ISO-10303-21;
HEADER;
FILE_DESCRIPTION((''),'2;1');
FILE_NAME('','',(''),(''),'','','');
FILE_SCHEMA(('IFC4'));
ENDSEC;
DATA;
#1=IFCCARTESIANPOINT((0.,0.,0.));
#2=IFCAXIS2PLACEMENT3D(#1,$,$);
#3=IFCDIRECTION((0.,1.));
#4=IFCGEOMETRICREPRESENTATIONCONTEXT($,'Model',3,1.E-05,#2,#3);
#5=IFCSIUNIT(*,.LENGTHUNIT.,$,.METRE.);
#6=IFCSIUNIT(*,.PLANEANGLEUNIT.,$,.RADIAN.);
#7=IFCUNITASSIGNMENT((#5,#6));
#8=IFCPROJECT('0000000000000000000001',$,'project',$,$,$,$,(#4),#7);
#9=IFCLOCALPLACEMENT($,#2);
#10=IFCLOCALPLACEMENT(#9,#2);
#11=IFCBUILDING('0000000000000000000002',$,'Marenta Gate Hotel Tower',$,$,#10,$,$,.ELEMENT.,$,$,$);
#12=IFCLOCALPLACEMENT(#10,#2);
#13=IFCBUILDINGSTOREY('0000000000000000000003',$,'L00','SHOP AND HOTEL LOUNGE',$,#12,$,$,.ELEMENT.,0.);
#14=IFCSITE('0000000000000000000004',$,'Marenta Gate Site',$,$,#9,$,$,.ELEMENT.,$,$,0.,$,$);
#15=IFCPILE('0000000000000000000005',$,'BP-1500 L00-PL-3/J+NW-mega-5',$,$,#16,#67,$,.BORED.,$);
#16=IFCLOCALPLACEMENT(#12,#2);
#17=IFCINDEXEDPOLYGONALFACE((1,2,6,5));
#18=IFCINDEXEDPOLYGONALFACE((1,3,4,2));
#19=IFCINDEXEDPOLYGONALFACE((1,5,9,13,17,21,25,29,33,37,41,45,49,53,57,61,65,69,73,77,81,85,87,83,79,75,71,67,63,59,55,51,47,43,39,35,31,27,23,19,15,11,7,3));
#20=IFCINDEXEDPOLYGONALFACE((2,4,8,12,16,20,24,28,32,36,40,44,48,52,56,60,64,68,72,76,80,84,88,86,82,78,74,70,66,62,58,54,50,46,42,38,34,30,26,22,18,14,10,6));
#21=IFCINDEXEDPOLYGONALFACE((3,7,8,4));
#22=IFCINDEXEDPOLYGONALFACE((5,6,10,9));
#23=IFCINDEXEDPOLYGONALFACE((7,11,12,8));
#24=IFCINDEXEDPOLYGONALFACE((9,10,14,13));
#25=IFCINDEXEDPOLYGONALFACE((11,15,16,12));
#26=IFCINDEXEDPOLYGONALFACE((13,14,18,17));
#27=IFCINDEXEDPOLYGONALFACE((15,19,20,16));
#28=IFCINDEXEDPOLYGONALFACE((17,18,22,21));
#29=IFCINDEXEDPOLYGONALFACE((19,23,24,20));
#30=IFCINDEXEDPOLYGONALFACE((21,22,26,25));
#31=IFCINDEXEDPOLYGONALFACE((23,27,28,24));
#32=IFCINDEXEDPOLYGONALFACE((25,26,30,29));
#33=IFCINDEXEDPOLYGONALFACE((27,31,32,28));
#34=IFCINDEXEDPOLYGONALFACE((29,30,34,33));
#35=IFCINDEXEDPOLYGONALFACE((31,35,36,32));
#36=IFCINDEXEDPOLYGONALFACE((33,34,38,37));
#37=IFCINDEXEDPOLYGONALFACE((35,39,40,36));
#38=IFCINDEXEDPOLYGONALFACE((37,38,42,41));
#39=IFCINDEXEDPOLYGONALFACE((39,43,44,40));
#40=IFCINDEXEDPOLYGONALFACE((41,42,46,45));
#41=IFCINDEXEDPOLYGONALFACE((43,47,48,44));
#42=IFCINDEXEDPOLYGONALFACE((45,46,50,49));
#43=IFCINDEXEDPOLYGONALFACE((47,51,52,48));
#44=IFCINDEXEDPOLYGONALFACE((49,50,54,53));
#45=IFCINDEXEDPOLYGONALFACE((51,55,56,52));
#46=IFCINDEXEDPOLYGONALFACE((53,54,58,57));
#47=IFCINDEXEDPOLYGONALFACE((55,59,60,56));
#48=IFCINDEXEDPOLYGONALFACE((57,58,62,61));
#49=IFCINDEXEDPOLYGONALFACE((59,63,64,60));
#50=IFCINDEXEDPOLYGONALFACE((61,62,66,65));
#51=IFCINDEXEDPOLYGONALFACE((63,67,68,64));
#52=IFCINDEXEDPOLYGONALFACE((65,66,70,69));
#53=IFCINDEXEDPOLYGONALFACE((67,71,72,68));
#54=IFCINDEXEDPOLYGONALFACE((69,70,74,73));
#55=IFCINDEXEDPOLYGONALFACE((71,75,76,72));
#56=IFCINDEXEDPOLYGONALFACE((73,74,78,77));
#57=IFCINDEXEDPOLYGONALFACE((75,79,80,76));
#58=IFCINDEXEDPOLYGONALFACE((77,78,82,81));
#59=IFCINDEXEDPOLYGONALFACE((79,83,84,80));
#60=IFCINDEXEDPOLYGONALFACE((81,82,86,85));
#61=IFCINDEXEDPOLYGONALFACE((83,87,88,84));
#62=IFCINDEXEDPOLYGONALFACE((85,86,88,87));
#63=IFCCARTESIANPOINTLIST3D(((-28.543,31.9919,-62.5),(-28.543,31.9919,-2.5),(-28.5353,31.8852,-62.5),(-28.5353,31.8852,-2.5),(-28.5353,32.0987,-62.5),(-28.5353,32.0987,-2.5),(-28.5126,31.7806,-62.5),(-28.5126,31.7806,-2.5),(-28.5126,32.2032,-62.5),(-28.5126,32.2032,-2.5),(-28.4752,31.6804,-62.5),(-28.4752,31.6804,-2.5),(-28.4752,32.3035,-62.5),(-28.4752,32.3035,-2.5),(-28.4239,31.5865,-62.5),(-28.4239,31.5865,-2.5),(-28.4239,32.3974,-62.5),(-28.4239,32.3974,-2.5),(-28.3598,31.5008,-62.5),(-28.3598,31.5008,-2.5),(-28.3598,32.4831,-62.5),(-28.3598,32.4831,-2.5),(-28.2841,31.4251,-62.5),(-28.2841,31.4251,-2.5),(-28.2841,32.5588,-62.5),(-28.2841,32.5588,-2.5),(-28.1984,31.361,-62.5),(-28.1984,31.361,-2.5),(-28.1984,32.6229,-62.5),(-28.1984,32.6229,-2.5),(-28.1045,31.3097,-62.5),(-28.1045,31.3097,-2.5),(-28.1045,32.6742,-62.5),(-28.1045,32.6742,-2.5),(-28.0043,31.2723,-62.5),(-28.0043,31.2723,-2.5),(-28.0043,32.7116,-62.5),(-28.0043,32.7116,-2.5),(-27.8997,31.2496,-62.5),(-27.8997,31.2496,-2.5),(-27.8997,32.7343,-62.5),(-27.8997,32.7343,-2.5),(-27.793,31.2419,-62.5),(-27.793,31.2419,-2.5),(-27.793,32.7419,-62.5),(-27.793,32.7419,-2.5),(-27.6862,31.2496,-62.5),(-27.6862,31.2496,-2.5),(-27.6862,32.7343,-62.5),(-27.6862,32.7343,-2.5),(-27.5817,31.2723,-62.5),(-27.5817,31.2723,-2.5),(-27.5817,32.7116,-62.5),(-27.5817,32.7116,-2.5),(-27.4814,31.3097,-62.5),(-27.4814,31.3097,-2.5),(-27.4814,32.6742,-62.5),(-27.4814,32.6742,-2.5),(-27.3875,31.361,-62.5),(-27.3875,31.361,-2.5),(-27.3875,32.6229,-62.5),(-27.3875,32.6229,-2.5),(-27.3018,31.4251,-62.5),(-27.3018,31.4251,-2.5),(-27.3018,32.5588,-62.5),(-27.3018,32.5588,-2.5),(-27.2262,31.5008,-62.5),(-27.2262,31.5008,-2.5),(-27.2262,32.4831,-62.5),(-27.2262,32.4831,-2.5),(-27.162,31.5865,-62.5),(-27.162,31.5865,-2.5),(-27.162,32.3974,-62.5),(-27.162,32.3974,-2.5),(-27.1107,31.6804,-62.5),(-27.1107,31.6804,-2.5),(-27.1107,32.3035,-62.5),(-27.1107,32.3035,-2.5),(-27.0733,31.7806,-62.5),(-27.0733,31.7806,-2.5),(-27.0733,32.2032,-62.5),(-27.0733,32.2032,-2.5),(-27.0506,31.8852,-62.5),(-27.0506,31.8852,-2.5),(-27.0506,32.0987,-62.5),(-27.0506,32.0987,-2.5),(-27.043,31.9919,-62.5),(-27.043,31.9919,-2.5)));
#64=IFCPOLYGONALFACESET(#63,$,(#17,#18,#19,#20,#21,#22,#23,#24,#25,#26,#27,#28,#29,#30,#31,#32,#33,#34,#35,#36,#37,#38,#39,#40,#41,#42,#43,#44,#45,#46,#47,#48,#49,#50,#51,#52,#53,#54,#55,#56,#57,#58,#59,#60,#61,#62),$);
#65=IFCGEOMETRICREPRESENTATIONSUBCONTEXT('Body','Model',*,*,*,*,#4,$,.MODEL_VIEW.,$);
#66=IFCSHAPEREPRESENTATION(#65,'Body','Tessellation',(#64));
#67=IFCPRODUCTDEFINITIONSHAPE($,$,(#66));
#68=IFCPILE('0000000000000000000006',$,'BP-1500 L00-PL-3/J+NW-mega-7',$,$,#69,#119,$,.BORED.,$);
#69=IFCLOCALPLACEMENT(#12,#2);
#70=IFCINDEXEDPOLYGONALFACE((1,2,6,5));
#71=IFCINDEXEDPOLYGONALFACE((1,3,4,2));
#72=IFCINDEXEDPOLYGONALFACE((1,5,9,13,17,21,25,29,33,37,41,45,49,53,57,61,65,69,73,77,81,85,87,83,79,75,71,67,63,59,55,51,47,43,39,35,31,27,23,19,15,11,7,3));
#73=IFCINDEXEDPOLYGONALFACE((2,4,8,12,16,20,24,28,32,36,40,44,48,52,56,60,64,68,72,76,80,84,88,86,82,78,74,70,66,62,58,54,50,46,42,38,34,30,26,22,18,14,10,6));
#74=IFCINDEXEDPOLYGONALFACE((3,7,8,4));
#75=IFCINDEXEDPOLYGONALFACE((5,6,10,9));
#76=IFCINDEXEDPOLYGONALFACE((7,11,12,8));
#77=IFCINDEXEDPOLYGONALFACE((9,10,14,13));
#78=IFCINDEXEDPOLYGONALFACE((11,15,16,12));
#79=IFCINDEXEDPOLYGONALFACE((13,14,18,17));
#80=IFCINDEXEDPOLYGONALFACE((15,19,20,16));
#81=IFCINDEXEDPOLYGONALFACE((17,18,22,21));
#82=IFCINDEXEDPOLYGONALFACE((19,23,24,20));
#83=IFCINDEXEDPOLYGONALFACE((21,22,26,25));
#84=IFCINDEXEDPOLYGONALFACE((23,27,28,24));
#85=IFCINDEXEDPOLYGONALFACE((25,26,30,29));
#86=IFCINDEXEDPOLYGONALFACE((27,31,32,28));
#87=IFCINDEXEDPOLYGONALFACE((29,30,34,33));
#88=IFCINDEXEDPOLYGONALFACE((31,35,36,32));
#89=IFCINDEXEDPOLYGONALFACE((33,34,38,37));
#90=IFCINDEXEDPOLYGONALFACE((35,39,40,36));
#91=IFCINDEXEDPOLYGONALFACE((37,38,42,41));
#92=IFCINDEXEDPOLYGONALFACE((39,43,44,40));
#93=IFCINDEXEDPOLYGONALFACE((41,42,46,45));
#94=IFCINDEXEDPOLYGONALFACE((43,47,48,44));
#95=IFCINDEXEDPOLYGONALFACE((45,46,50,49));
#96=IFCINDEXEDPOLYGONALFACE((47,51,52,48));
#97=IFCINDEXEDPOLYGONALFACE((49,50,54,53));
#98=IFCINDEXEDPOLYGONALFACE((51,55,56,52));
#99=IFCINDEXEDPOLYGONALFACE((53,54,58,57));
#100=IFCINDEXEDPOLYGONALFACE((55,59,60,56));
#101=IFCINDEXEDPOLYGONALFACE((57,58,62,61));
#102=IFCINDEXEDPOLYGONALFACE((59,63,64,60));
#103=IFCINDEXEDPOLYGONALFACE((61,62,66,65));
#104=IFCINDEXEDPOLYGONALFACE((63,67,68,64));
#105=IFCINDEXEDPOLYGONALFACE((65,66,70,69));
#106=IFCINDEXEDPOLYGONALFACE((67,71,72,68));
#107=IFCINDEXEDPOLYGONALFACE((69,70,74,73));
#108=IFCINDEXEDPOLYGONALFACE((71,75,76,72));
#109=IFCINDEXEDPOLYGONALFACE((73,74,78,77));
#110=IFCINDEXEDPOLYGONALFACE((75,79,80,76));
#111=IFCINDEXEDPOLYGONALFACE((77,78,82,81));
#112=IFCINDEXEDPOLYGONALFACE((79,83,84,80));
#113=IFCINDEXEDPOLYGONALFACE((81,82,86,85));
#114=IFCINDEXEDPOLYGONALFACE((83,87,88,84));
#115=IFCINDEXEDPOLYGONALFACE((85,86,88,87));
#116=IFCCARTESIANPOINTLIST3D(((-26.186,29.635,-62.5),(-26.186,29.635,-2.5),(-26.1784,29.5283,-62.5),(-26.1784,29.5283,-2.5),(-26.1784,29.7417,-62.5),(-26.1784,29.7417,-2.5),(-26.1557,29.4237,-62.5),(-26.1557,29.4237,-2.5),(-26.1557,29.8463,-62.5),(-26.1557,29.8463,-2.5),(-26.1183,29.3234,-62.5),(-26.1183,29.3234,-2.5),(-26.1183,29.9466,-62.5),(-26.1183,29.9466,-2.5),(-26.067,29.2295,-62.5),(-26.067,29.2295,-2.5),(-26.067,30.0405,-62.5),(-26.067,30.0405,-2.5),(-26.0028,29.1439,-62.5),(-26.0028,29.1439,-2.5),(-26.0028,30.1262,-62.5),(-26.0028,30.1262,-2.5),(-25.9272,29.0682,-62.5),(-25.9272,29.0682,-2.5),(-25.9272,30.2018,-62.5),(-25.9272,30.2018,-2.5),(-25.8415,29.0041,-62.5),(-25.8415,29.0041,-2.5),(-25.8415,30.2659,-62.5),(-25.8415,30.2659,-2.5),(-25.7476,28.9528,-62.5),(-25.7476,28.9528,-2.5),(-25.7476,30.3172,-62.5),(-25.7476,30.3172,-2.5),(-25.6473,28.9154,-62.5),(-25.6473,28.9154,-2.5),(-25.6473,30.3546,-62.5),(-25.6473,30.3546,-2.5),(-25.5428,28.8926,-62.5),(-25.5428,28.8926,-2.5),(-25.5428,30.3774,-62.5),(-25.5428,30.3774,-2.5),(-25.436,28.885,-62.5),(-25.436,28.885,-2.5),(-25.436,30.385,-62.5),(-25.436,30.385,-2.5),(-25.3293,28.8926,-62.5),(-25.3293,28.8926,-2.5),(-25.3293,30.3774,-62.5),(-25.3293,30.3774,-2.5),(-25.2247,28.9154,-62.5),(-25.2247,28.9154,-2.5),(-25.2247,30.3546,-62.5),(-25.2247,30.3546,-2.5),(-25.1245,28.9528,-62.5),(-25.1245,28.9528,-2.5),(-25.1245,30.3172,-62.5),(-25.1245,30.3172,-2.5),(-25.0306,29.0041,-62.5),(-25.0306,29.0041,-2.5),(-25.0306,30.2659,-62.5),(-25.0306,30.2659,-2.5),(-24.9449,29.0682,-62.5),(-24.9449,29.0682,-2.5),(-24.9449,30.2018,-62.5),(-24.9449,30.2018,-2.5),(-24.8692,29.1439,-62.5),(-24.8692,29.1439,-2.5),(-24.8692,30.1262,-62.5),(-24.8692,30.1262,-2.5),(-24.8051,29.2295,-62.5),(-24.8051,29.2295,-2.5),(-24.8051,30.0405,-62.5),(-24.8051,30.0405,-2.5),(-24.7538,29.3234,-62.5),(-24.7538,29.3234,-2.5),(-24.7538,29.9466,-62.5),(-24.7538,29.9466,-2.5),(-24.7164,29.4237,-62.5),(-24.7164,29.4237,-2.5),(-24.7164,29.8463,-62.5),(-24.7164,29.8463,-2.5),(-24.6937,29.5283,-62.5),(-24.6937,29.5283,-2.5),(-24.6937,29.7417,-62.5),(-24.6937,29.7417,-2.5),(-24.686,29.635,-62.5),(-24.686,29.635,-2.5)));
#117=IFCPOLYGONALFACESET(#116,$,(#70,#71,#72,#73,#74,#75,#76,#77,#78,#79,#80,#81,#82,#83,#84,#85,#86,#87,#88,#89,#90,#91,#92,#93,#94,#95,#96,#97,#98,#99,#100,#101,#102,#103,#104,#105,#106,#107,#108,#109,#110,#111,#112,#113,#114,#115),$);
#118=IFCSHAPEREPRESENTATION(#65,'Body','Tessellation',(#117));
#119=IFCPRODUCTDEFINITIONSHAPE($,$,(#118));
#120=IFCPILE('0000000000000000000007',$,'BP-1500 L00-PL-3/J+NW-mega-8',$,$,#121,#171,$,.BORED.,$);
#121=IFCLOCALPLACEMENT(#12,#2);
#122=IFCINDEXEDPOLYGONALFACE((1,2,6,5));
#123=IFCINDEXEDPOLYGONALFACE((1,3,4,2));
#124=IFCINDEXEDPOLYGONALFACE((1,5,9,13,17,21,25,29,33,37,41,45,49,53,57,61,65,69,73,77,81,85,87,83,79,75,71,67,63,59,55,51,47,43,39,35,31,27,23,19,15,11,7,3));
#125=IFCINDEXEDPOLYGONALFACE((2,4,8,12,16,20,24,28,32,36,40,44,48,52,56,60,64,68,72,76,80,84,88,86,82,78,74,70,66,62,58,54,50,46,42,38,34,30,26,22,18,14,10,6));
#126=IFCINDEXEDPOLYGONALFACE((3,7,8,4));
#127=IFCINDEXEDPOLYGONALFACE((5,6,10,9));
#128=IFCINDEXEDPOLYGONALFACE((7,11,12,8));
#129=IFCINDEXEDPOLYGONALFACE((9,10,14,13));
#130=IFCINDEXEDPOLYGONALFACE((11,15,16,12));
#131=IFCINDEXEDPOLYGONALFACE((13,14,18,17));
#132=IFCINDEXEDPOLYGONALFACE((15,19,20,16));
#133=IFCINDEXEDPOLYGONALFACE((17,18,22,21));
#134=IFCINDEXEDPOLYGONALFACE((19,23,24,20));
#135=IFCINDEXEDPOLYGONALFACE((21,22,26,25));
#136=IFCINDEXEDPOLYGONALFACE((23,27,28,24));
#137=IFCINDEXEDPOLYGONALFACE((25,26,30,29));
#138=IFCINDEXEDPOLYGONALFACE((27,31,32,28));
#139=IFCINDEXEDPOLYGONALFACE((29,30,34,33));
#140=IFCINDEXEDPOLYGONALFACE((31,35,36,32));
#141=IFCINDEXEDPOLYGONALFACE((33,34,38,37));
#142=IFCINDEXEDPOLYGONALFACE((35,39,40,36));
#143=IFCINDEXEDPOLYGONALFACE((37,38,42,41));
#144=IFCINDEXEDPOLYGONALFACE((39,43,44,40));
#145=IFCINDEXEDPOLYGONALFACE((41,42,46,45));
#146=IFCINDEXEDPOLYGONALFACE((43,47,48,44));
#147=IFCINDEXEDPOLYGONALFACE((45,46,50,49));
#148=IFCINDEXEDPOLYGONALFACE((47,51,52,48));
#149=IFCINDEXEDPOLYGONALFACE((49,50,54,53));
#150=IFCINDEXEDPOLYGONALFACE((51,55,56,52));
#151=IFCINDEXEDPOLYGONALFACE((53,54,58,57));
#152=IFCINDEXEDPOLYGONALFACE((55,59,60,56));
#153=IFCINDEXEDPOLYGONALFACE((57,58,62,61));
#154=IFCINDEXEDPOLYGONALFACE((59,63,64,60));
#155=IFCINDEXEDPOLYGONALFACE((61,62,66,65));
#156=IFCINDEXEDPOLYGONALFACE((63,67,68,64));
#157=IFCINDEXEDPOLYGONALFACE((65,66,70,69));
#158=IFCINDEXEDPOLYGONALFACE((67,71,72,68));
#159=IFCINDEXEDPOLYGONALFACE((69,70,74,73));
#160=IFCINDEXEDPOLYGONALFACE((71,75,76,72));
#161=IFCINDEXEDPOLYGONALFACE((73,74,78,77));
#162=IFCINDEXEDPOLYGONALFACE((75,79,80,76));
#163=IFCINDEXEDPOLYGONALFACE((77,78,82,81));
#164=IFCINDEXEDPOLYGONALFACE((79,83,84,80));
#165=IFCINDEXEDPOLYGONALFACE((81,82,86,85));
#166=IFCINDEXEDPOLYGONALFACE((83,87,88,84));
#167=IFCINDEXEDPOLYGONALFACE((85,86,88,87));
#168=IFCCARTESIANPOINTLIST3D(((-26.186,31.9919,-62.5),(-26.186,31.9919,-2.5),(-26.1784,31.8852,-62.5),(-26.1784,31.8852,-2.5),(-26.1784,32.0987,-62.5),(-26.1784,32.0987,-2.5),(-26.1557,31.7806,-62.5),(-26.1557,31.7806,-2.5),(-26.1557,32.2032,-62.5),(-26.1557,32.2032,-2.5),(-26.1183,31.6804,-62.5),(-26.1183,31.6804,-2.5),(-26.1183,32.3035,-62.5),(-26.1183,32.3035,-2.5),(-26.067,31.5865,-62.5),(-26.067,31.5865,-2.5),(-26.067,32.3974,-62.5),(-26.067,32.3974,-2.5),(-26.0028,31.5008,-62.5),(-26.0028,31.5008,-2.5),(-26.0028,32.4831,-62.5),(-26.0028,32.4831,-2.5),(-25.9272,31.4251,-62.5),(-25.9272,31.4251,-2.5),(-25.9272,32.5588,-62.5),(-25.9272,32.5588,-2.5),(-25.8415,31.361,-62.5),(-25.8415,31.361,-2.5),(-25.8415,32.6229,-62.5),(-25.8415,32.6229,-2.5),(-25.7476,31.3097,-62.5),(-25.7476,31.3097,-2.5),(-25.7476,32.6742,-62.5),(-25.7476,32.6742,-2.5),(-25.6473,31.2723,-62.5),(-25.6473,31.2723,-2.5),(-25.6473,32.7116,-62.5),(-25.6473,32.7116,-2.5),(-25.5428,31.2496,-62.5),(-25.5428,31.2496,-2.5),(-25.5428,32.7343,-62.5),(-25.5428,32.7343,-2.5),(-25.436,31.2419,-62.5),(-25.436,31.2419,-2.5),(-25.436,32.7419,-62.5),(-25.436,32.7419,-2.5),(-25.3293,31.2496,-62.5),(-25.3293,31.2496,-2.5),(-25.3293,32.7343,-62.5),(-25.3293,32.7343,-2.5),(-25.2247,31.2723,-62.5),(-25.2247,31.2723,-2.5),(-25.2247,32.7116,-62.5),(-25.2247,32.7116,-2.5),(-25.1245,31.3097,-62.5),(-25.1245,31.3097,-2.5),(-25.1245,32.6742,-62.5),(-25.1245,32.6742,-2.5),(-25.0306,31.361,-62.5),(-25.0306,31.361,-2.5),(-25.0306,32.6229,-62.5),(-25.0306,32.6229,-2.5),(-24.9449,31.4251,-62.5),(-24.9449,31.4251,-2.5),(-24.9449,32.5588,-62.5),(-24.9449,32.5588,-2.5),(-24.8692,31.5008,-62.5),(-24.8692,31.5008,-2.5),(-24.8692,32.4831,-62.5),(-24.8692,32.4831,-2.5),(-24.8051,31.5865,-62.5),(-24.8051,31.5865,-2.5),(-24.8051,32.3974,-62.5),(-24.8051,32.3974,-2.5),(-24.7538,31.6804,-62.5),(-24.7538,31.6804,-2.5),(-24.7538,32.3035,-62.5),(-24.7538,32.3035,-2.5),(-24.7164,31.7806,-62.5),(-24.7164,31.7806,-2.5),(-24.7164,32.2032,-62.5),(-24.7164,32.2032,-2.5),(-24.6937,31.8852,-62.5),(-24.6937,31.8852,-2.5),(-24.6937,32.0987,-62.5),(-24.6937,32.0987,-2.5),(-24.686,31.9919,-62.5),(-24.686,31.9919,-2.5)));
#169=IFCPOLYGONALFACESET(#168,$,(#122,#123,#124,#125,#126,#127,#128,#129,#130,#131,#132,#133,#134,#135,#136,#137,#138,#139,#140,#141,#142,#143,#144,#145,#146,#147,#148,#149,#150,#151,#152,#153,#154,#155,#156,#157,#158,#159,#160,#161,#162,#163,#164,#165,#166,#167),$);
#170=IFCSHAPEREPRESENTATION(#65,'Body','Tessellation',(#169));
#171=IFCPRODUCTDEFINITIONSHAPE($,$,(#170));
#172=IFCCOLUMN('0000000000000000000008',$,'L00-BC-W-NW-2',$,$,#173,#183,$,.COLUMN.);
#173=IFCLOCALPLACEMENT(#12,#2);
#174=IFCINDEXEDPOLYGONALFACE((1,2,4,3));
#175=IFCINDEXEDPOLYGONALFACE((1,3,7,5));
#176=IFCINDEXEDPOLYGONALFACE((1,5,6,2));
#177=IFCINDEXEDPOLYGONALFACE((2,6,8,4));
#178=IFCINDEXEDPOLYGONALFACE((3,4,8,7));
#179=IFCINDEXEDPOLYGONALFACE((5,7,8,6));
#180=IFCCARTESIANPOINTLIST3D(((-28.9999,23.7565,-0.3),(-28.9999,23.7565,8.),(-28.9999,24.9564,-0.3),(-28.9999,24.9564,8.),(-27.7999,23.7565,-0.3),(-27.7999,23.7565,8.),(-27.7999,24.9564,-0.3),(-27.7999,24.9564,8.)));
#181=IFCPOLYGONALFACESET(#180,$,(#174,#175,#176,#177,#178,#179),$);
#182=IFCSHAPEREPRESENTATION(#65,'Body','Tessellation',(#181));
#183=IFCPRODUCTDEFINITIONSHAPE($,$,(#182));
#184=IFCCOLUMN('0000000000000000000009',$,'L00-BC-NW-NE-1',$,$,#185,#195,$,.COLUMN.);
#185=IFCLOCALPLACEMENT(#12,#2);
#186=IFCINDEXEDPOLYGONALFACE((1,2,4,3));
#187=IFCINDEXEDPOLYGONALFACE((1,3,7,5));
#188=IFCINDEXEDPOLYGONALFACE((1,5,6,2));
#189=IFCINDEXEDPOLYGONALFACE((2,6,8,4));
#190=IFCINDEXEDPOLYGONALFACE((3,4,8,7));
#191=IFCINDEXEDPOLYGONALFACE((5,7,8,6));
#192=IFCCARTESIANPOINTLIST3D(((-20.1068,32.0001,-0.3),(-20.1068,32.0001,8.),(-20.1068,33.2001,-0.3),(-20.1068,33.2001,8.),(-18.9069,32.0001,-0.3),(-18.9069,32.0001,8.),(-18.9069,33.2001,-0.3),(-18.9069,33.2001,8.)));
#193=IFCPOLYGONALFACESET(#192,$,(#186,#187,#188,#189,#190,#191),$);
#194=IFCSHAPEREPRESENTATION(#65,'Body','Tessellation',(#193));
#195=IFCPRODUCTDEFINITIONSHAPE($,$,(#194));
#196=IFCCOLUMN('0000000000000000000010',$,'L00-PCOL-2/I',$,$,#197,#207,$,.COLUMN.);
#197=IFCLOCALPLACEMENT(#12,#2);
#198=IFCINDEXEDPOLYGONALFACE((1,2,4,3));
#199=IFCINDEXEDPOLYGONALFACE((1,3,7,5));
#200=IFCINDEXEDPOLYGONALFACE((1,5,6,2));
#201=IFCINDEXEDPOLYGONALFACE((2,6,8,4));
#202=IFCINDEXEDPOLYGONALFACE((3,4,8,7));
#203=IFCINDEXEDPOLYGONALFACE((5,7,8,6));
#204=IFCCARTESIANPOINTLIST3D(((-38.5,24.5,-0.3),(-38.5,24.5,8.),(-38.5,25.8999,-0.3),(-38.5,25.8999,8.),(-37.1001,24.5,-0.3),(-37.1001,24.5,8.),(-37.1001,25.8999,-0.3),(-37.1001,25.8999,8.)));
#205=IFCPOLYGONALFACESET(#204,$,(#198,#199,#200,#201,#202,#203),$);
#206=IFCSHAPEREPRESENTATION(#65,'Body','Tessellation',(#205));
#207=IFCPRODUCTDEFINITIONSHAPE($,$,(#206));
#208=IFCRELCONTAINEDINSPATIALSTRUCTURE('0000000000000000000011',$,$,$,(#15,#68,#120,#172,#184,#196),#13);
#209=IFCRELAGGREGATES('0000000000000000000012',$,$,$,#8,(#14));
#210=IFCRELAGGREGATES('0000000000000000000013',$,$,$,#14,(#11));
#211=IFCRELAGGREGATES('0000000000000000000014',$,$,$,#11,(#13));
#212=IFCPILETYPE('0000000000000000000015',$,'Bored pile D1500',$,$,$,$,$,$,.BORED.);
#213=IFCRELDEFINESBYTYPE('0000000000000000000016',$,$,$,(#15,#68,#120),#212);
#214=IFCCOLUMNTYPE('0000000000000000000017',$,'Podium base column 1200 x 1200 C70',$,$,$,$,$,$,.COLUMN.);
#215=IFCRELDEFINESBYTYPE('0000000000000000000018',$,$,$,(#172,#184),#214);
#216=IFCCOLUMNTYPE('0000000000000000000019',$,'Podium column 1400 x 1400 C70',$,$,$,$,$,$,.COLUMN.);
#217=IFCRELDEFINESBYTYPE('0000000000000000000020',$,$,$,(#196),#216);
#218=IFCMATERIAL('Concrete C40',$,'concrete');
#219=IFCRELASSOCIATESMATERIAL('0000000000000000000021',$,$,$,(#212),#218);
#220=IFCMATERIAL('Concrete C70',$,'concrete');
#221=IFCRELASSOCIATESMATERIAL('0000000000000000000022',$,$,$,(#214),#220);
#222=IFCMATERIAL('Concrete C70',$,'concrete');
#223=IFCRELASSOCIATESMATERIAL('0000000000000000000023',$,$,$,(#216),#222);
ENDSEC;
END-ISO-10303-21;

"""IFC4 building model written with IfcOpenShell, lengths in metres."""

from ifc_helpers import new_model, si_unit, direction, frame, origin, origin_2d, place, context, subcontext, project, spatial, rectangle, circle, extrude, material, material_profile, profile_set, type_object, element, save


model = new_model("IFC4")

# Units and contexts
model_context = context("Model", 3, precision=1e-05, world=origin(), true_north=direction((0.0, 1.0)))
body_context = subcontext(model_context, "Body", "Model", "MODEL_VIEW")
ifc_project = project(units=[si_unit("LENGTHUNIT", "METRE"), si_unit("PLANEANGLEUNIT", "RADIAN")], contexts=[model_context])

# Site, building, storey
site_placement = place(None, origin())
site = spatial("IfcSite", under=ifc_project, at=site_placement, Name="Marenta Gate Site", CompositionType="ELEMENT", RefElevation=0.0)
building_placement = place(site_placement, origin())
building = spatial("IfcBuilding", under=site, at=building_placement, Name="Marenta Gate Hotel Tower", CompositionType="ELEMENT")
storey_placement = place(building_placement, origin())
storey = spatial("IfcBuildingStorey", under=building, at=storey_placement, Name="L00", Description="SHOP AND HOTEL LOUNGE", CompositionType="ELEMENT", Elevation=0.0)

# Piles
ifc_material_1 = material(Name="Concrete C40", Category="concrete")
pile_type = type_object("IfcPileType", Name="Bored pile D1500", PredefinedType="BORED", material=ifc_material_1)
for number, where, z_axis, x_axis, name in (
    (1, (-27.793, 31.9919, -2.5), (0.0, 0.0, -1.0), (1.0, 0.0, 0.0), "BP-1500 L00-PL-3/J+NW-mega-5"),
    (2, (-25.436, 29.635, -2.5), (0.0, 0.0, -1.0), (1.0, 0.0, 0.0), "BP-1500 L00-PL-3/J+NW-mega-7"),
    (3, (-25.436, 31.9919, -2.5), (0.0, 0.0, -1.0), (1.0, 0.0, 0.0), "BP-1500 L00-PL-3/J+NW-mega-8"),
):
    element("IfcPile", number, at=place(storey_placement, frame(where, z_axis=z_axis, x_axis=x_axis)), inside=storey, type_object=pile_type, Name=name, PredefinedType="BORED", context=body_context, shape_type="SweptSolid", body=[
        extrude(circle(Radius=0.75, at=origin_2d()), origin(), (0.0, 0.0, 1.0), 60.0),
    ])

# Columns
ifc_material_2 = material(Name="Concrete C70", Category="concrete")
ifc_material_profile_1 = material_profile(ifc_material_2, rectangle(XDim=1.2, YDim=1.2, at=origin_2d()), Name="1200 x 1200")
ifc_profile_set_1 = profile_set([ifc_material_profile_1], Name="Concrete C70")
column_type_1 = type_object("IfcColumnType", Name="Podium base column 1200 x 1200 C70", PredefinedType="COLUMN", material=ifc_profile_set_1)
for number, where, z_axis, x_axis, name in (
    (4, (-28.3999, 24.3564, -0.3), (0.0, 0.0, 1.0), (1.0, 0.0, 0.0), "L00-BC-W-NW-2"),
    (5, (-19.5068, 32.6001, -0.3), (0.0, 0.0, 1.0), (1.0, 0.0, 0.0), "L00-BC-NW-NE-1"),
):
    element("IfcColumn", number, at=place(storey_placement, frame(where, z_axis=z_axis, x_axis=x_axis)), inside=storey, type_object=column_type_1, Name=name, PredefinedType="COLUMN", context=body_context, shape_type="SweptSolid", body=[
        extrude(rectangle(XDim=1.2, YDim=1.2, at=origin_2d()), origin(), (0.0, 0.0, 1.0), 8.3),
    ])
ifc_material_3 = material(Name="Concrete C70", Category="concrete")
ifc_material_profile_2 = material_profile(ifc_material_3, rectangle(XDim=1.3999, YDim=1.3999, at=origin_2d()), Name="1400 x 1400")
ifc_profile_set_2 = profile_set([ifc_material_profile_2], Name="Concrete C70")
column_type_2 = type_object("IfcColumnType", Name="Podium column 1400 x 1400 C70", PredefinedType="COLUMN", material=ifc_profile_set_2)
for number, where, z_axis, x_axis, name in (
    (6, (-37.8, 25.2, -0.3), (0.0, 0.0, 1.0), (1.0, 0.0, 0.0), "L00-PCOL-2/I"),
):
    element("IfcColumn", number, at=place(storey_placement, frame(where, z_axis=z_axis, x_axis=x_axis)), inside=storey, type_object=column_type_2, Name=name, PredefinedType="COLUMN", context=body_context, shape_type="SweptSolid", body=[
        extrude(rectangle(XDim=1.3999, YDim=1.3999, at=origin_2d()), origin(), (0.0, 0.0, 1.0), 8.3),
    ])

save(model, "model.ifc")
